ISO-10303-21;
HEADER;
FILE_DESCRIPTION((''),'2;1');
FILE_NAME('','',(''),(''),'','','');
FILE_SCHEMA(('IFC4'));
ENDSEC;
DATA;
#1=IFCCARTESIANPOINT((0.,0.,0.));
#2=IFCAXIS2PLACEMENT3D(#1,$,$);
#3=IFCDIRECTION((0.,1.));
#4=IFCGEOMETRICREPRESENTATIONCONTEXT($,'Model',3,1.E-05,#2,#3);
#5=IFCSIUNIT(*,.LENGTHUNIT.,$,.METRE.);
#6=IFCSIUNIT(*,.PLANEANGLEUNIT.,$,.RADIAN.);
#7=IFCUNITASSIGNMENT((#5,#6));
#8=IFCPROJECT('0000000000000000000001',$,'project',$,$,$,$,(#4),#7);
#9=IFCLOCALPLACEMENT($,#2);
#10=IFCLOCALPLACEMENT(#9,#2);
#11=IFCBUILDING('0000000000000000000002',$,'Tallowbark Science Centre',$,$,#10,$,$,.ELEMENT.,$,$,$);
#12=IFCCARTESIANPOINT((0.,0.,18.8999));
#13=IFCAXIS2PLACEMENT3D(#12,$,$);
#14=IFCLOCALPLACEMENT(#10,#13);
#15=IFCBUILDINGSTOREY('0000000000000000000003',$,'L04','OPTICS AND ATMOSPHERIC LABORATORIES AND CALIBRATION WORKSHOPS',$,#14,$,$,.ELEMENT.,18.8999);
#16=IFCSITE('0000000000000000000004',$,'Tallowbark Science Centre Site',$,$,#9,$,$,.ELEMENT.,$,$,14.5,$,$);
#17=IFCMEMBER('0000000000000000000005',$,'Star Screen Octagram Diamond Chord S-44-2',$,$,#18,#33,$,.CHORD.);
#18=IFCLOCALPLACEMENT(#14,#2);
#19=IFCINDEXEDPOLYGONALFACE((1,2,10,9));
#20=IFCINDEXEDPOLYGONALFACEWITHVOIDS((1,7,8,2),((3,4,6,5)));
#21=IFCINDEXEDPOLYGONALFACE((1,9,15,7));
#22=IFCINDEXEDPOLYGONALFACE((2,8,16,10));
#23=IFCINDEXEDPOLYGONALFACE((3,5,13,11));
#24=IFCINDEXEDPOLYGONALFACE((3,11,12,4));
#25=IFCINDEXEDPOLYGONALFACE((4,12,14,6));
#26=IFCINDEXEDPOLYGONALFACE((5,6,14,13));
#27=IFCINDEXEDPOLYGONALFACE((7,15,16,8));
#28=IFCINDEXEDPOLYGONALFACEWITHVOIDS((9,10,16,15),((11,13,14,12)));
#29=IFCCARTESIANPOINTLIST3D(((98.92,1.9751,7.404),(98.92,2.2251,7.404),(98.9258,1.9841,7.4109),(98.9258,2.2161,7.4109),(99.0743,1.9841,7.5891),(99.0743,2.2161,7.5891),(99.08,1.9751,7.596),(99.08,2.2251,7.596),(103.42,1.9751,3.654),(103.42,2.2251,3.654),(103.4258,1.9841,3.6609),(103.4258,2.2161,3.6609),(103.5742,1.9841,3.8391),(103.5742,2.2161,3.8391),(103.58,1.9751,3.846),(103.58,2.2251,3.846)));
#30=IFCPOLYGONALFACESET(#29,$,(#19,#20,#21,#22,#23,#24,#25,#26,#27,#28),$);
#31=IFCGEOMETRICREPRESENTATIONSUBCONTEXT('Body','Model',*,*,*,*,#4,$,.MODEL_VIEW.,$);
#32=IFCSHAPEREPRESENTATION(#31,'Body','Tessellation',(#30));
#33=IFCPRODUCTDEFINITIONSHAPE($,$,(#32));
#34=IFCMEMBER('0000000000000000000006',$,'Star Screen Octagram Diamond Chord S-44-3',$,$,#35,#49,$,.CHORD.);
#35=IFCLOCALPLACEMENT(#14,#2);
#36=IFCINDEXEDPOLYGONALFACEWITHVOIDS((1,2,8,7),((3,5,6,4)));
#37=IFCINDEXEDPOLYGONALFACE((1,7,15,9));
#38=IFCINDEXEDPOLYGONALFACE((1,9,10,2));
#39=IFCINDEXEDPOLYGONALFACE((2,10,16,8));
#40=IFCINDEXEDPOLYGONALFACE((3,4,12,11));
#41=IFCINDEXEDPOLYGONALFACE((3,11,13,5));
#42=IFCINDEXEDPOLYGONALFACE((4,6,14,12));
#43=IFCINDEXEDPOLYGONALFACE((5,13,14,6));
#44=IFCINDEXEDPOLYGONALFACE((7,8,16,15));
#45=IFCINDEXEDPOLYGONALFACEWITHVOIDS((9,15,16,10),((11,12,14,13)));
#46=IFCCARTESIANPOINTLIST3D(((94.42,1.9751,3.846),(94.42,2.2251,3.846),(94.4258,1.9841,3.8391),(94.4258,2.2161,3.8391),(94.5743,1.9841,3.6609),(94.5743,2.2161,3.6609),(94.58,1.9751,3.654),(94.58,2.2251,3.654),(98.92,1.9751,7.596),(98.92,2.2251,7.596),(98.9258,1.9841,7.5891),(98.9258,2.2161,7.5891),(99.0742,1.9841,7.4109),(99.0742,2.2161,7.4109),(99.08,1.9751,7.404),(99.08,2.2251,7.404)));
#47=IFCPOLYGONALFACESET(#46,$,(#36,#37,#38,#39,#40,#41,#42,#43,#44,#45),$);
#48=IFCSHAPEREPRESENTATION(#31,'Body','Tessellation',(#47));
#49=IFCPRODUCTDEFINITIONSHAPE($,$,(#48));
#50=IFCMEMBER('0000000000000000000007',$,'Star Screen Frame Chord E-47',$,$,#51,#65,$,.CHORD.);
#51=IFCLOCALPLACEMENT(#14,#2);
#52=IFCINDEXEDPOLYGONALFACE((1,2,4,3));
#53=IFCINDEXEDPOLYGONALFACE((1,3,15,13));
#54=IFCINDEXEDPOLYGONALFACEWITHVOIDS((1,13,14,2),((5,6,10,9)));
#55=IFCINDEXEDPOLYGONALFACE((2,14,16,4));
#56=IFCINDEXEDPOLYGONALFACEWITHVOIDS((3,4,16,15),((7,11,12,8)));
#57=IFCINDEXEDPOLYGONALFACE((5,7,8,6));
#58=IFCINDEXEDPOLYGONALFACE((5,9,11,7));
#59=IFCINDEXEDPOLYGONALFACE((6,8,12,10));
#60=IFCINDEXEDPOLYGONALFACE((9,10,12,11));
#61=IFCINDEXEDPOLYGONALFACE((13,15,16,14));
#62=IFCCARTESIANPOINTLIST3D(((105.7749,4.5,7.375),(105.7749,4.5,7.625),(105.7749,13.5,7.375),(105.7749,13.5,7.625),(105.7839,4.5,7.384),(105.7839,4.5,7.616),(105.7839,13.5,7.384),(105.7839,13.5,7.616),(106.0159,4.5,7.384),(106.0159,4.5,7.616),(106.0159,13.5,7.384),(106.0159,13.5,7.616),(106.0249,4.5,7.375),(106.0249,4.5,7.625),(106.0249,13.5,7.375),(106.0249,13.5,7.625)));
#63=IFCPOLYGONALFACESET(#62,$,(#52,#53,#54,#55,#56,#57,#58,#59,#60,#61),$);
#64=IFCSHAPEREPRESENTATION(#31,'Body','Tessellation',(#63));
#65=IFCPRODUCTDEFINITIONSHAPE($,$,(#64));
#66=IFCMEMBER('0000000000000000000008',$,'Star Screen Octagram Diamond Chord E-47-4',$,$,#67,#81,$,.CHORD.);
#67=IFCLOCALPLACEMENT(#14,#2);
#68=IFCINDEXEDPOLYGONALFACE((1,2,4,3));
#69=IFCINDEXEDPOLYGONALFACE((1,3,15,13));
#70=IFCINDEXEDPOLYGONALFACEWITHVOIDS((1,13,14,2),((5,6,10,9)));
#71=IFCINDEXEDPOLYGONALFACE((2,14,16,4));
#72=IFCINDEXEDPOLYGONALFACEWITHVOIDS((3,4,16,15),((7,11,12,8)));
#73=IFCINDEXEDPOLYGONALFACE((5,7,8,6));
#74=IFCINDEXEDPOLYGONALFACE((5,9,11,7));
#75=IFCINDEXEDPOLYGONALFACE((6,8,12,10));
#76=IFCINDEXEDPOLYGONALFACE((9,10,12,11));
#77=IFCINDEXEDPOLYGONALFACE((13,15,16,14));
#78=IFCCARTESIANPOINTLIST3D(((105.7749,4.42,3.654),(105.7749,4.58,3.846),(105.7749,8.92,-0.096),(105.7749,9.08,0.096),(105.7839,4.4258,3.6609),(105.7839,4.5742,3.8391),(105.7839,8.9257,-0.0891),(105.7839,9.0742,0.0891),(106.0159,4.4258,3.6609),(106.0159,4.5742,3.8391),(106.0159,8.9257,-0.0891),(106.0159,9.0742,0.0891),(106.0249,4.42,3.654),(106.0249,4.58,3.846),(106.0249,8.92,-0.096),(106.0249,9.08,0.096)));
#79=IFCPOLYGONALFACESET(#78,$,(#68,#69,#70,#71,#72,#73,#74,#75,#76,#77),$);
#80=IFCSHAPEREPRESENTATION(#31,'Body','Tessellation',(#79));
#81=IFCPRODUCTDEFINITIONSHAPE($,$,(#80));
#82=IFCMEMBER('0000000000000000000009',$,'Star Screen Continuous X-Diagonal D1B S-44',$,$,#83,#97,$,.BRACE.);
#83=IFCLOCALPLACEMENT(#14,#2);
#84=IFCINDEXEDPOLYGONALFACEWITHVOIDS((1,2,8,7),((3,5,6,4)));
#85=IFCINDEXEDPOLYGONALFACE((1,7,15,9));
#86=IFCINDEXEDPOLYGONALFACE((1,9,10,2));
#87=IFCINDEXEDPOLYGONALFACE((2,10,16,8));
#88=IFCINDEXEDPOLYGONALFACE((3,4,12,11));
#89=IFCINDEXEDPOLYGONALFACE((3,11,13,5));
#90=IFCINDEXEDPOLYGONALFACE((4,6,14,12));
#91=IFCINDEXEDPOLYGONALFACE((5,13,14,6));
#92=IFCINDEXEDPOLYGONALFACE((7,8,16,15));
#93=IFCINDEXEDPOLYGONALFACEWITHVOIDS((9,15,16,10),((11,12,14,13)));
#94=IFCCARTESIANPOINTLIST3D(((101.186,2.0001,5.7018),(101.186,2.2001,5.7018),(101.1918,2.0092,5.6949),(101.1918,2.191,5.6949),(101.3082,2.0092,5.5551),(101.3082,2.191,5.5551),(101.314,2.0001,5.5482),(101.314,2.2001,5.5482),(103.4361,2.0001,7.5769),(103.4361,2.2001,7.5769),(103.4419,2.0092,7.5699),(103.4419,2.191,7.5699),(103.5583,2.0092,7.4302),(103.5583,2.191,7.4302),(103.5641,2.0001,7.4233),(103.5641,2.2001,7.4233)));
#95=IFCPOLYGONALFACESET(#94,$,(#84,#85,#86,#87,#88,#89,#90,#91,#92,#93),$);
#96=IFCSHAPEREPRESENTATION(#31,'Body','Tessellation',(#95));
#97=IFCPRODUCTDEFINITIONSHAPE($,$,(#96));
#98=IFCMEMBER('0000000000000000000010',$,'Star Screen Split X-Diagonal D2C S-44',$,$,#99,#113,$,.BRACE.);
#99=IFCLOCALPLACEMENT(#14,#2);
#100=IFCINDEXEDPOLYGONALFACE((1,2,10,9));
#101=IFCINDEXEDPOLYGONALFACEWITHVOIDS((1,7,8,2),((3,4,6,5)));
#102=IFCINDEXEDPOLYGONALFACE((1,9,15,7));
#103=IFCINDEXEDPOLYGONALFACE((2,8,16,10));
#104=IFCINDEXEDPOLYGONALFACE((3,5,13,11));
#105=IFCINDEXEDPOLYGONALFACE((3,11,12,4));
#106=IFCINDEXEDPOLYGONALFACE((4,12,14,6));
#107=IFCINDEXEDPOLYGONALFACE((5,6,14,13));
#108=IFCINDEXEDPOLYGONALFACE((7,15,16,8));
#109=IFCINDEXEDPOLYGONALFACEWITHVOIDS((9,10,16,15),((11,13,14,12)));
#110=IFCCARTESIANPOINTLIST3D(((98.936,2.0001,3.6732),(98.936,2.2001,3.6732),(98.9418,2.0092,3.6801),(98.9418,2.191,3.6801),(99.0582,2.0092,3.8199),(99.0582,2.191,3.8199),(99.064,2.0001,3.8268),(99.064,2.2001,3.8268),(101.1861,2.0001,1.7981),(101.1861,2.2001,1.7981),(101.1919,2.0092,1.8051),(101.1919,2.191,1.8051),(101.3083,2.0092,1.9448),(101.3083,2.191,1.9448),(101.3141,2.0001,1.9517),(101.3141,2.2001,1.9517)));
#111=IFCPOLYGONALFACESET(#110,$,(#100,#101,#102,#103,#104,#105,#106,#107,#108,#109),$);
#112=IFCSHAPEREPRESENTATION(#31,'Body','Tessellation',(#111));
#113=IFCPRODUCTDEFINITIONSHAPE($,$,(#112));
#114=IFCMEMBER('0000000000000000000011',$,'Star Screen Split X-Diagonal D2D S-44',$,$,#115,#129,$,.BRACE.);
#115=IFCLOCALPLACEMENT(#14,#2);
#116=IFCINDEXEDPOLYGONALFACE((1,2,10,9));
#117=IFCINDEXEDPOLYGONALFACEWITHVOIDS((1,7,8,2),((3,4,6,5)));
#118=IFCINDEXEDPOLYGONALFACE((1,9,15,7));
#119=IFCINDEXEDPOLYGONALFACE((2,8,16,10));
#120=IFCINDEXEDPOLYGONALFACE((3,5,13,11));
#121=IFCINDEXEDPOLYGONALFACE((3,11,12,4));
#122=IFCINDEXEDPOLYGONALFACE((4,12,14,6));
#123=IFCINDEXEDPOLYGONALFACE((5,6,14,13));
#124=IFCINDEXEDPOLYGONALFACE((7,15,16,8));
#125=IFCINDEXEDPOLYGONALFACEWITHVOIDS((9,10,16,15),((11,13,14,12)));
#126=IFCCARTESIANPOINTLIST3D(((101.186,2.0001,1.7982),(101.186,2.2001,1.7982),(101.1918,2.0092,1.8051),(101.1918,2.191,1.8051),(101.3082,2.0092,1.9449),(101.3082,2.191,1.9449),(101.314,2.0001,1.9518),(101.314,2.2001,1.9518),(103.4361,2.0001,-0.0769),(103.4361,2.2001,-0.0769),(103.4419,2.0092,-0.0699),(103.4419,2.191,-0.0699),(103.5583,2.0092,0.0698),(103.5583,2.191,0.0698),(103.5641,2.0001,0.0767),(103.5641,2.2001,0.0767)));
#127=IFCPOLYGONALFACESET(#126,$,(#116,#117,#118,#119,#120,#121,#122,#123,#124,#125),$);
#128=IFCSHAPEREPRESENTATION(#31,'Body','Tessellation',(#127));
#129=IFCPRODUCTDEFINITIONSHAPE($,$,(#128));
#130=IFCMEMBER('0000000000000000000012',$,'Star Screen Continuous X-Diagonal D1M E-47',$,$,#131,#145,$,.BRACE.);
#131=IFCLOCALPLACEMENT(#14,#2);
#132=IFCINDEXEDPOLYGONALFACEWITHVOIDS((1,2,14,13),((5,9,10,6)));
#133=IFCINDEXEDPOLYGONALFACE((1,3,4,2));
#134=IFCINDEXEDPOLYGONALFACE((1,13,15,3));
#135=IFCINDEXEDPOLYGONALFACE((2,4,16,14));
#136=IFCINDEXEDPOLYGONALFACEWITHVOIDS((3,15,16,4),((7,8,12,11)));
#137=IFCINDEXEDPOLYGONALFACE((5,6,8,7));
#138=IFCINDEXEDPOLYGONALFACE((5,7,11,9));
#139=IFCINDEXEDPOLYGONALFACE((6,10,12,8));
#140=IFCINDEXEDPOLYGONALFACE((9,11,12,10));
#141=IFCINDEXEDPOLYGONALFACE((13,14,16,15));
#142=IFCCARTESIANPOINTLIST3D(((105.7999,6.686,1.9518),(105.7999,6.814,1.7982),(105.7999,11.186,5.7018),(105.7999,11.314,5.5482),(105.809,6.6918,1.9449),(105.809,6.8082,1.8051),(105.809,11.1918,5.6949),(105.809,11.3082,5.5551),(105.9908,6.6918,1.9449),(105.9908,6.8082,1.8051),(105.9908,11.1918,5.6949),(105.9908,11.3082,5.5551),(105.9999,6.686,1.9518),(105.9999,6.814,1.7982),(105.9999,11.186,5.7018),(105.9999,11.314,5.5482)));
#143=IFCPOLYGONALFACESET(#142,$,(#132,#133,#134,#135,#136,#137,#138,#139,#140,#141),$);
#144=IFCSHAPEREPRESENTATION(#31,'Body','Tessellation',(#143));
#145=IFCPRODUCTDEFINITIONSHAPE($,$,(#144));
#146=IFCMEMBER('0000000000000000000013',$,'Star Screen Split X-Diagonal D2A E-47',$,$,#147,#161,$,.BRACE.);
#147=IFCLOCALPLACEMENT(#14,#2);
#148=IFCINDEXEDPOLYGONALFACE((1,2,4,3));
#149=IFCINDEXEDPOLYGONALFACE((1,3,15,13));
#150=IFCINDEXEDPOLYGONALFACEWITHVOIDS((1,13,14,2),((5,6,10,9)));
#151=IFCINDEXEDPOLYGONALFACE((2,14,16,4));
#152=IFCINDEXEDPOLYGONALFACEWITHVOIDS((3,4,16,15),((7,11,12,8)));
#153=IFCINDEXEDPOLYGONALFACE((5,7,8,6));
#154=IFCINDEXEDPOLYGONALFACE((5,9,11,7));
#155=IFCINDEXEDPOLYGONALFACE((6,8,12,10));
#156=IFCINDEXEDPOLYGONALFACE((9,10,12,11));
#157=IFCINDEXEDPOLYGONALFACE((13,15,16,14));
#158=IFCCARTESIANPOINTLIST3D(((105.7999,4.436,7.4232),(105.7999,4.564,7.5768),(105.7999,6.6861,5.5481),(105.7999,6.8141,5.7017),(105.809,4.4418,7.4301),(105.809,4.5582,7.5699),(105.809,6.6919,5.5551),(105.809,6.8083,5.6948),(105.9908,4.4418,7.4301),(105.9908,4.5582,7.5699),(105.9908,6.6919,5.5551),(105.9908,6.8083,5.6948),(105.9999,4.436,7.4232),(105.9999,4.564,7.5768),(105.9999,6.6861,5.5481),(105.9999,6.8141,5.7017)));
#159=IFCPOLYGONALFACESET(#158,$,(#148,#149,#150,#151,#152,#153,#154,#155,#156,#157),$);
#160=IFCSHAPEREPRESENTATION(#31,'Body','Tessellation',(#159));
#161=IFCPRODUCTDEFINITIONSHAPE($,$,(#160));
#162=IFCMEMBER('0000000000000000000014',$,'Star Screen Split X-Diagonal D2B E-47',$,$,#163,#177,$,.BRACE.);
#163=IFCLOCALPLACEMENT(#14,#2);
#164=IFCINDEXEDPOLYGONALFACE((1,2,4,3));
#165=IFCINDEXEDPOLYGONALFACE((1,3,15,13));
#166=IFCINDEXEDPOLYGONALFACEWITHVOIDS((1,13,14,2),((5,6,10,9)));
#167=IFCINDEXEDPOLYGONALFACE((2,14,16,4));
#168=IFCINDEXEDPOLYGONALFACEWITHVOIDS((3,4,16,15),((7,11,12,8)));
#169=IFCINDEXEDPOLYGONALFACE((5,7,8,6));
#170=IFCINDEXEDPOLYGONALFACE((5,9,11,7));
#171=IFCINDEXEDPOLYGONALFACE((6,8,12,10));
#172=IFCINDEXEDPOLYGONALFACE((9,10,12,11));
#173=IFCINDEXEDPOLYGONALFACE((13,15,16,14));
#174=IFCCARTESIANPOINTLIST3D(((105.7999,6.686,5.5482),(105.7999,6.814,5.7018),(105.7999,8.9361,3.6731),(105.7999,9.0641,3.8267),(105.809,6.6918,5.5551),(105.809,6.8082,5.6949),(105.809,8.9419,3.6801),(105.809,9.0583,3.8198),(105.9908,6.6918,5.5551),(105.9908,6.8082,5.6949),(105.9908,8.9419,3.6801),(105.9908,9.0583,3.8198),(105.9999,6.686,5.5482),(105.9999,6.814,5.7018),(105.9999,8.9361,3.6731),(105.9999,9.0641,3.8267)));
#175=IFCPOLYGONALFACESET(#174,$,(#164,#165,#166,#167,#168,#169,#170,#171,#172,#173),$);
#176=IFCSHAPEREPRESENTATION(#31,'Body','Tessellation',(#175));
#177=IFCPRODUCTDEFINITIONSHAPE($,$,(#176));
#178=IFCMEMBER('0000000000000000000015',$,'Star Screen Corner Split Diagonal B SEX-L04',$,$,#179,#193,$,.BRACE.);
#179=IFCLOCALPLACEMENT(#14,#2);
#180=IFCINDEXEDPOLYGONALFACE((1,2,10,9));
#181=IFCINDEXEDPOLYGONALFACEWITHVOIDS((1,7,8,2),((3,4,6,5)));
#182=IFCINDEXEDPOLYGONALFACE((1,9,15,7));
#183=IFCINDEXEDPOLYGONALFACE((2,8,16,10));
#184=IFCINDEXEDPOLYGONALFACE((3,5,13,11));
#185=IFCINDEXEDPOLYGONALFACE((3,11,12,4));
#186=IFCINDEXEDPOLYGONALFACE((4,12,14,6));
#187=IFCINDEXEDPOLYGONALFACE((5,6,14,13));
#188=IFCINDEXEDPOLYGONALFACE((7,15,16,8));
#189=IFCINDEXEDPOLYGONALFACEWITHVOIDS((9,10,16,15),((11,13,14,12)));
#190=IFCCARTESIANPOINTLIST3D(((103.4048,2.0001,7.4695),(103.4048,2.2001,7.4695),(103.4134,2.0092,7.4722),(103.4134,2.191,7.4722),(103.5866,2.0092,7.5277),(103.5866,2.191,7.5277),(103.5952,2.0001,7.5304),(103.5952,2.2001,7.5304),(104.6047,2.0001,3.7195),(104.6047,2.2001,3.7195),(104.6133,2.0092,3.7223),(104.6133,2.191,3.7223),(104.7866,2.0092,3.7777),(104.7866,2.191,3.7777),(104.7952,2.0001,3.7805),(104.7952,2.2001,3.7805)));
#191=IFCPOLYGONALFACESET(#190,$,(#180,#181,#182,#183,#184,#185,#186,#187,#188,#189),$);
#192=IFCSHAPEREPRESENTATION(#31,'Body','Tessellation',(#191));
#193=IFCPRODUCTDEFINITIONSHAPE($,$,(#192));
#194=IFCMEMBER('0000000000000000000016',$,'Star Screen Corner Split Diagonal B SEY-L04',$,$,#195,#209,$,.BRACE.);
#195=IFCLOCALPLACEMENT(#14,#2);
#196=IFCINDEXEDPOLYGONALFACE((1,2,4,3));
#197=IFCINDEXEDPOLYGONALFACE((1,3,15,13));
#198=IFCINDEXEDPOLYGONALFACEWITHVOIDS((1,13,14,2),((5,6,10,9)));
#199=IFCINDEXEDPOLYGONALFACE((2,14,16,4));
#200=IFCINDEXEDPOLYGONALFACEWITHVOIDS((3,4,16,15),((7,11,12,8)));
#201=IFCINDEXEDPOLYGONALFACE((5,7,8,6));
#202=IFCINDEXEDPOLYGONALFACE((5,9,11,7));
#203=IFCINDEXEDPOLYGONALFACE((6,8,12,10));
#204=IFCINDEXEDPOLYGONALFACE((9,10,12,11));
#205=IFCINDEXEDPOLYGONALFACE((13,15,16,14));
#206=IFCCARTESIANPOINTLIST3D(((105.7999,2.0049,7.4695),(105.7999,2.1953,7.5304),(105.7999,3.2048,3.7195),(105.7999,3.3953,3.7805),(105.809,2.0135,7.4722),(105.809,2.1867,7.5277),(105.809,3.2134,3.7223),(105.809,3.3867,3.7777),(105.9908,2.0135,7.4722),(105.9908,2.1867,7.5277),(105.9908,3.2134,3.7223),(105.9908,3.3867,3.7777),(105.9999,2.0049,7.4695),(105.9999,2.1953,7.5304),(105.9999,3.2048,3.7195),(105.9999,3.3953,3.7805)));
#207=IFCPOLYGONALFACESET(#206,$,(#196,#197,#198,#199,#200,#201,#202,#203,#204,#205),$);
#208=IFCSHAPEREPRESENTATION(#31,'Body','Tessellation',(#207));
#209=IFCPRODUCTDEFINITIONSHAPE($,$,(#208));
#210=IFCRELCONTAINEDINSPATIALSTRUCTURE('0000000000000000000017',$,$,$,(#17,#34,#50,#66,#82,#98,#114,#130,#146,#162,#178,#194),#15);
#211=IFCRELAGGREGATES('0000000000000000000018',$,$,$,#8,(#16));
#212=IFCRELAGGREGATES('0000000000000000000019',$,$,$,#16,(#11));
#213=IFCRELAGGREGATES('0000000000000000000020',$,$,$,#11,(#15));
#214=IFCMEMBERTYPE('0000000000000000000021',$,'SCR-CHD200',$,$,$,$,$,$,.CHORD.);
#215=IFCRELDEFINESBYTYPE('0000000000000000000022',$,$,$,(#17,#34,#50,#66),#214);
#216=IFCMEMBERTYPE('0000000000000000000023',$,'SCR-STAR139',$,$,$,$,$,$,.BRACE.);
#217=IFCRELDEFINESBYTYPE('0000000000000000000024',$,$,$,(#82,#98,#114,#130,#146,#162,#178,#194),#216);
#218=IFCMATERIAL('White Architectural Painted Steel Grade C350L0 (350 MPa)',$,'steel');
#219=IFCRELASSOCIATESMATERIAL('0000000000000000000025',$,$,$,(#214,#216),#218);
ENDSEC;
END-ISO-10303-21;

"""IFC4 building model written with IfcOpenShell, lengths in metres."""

from ifc_helpers import new_model, si_unit, direction, frame, origin, origin_2d, place, context, subcontext, project, spatial, hollow_rectangle, extrude, material, material_profile, profile_set, type_object, element, save


model = new_model("IFC4")

# Units and contexts
model_context = context("Model", 3, precision=1e-05, world=origin(), true_north=direction((0.0, 1.0)))
body_context = subcontext(model_context, "Body", "Model", "MODEL_VIEW")
ifc_project = project(units=[si_unit("LENGTHUNIT", "METRE"), si_unit("PLANEANGLEUNIT", "RADIAN")], contexts=[model_context])

# Site, building, storey
site_placement = place(None, origin())
site = spatial("IfcSite", under=ifc_project, at=site_placement, Name="Tallowbark Science Centre Site", CompositionType="ELEMENT", RefElevation=14.5)
building_placement = place(site_placement, origin())
building = spatial("IfcBuilding", under=site, at=building_placement, Name="Tallowbark Science Centre", CompositionType="ELEMENT")
storey_placement = place(building_placement, frame((0.0, 0.0, 18.8999)))
storey = spatial("IfcBuildingStorey", under=building, at=storey_placement, Name="L04", Description="OPTICS AND ATMOSPHERIC LABORATORIES AND CALIBRATION WORKSHOPS", CompositionType="ELEMENT", Elevation=18.8999)

# Members
ifc_material_1 = material(Name="White Architectural Painted Steel Grade C350L0 (350 MPa)", Category="steel")
ifc_material_profile_1 = material_profile(ifc_material_1, hollow_rectangle(XDim=0.25, YDim=0.25, WallThickness=0.009, at=origin_2d()), Name="250x250x9.0SHS")
ifc_profile_set_1 = profile_set([ifc_material_profile_1], Name="White Architectural Painted Steel Grade C350L0 (350 MPa)")
member_type_1 = type_object("IfcMemberType", Name="SCR-CHD200", PredefinedType="CHORD", material=ifc_profile_set_1)
for number, where, z_axis, x_axis, name in (
    (1, (103.5, 2.1001, 3.75), (-0.768221, 0.0, 0.640184), (0.0, -1.0, 0.0), "Star Screen Octagram Diamond Chord S-44-2"),
    (2, (99.0, 2.1001, 7.5), (-0.768221, 0.0, -0.640184), (0.0, -1.0, 0.0), "Star Screen Octagram Diamond Chord S-44-3"),
):
    element("IfcMember", number, at=place(storey_placement, frame(where, z_axis=z_axis, x_axis=x_axis)), inside=storey, type_object=member_type_1, Name=name, PredefinedType="CHORD", context=body_context, shape_type="SweptSolid", body=[
        extrude(hollow_rectangle(XDim=0.25, YDim=0.25, WallThickness=0.009, at=origin_2d()), origin(), (0.0, 0.0, 1.0), 5.8577),
    ])
member_1_placement = place(storey_placement, frame((105.8999, 4.5, 7.5), z_axis=(0.0, 1.0, 0.0), x_axis=(-1.0, 0.0, 0.0)))
element("IfcMember", 3, at=member_1_placement, inside=storey, type_object=member_type_1, Name="Star Screen Frame Chord E-47", PredefinedType="CHORD", context=body_context, shape_type="SweptSolid", body=[
    extrude(hollow_rectangle(XDim=0.25, YDim=0.25, WallThickness=0.009, at=origin_2d()), origin(), (0.0, 0.0, 1.0), 9.0),
])
member_2_placement = place(storey_placement, frame((105.8999, 4.5, 3.75), z_axis=(0.0, 0.768221, -0.640184), x_axis=(-1.0, 0.0, 0.0)))
element("IfcMember", 4, at=member_2_placement, inside=storey, type_object=member_type_1, Name="Star Screen Octagram Diamond Chord E-47-4", PredefinedType="CHORD", context=body_context, shape_type="SweptSolid", body=[
    extrude(hollow_rectangle(XDim=0.25, YDim=0.25, WallThickness=0.009, at=origin_2d()), origin(), (0.0, 0.0, 1.0), 5.8577),
])
ifc_material_profile_2 = material_profile(ifc_material_1, hollow_rectangle(XDim=0.2, YDim=0.2, WallThickness=0.009, at=origin_2d()), Name="200x200x9.0SHS")
ifc_profile_set_2 = profile_set([ifc_material_profile_2], Name="White Architectural Painted Steel Grade C350L0 (350 MPa)")
member_type_2 = type_object("IfcMemberType", Name="SCR-STAR139", PredefinedType="BRACE", material=ifc_profile_set_2)
for number, where, z_axis, x_axis, name in (
    (5, (101.25, 2.1001, 5.625), (0.768221, 0.0, 0.640184), (0.0, 1.0, 0.0), "Star Screen Continuous X-Diagonal D1B S-44"),
    (6, (99.0, 2.1001, 3.75), (0.768221, 0.0, -0.640184), (0.0, 1.0, 0.0), "Star Screen Split X-Diagonal D2C S-44"),
    (7, (101.25, 2.1001, 1.875), (0.768221, 0.0, -0.640184), (0.0, 1.0, 0.0), "Star Screen Split X-Diagonal D2D S-44"),
):
    element("IfcMember", number, at=place(storey_placement, frame(where, z_axis=z_axis, x_axis=x_axis)), inside=storey, type_object=member_type_2, Name=name, PredefinedType="BRACE", context=body_context, shape_type="SweptSolid", body=[
        extrude(hollow_rectangle(XDim=0.2, YDim=0.2, WallThickness=0.009, at=origin_2d()), origin(), (0.0, 0.0, 1.0), 2.929),
    ])
member_3_placement = place(storey_placement, frame((105.8999, 6.75, 1.875), z_axis=(0.0, 0.768221, 0.640184), x_axis=(-1.0, 0.0, 0.0)))
element("IfcMember", 8, at=member_3_placement, inside=storey, type_object=member_type_2, Name="Star Screen Continuous X-Diagonal D1M E-47", PredefinedType="BRACE", context=body_context, shape_type="SweptSolid", body=[
    extrude(hollow_rectangle(XDim=0.2, YDim=0.2, WallThickness=0.009, at=origin_2d()), origin(), (0.0, 0.0, 1.0), 5.8577),
])
for number, where, z_axis, x_axis, name in (
    (9, (105.8999, 4.5, 7.5), (0.0, 0.768221, -0.640184), (-1.0, 0.0, 0.0), "Star Screen Split X-Diagonal D2A E-47"),
    (10, (105.8999, 6.75, 5.625), (0.0, 0.768221, -0.640184), (-1.0, 0.0, 0.0), "Star Screen Split X-Diagonal D2B E-47"),
):
    element("IfcMember", number, at=place(storey_placement, frame(where, z_axis=z_axis, x_axis=x_axis)), inside=storey, type_object=member_type_2, Name=name, PredefinedType="BRACE", context=body_context, shape_type="SweptSolid", body=[
        extrude(hollow_rectangle(XDim=0.2, YDim=0.2, WallThickness=0.009, at=origin_2d()), origin(), (0.0, 0.0, 1.0), 2.929),
    ])
for number, where, z_axis, x_axis, name in (
    (11, (104.7, 2.1001, 3.75), (-0.304764, 0.0, 0.952428), (0.0, -1.0, 0.0), "Star Screen Corner Split Diagonal B SEX-L04"),
    (12, (105.8999, 3.3, 3.75), (0.0, -0.304764, 0.952428), (1.0, 0.0, 0.0), "Star Screen Corner Split Diagonal B SEY-L04"),
):
    element("IfcMember", number, at=place(storey_placement, frame(where, z_axis=z_axis, x_axis=x_axis)), inside=storey, type_object=member_type_2, Name=name, PredefinedType="BRACE", context=body_context, shape_type="SweptSolid", body=[
        extrude(hollow_rectangle(XDim=0.2, YDim=0.2, WallThickness=0.009, at=origin_2d()), origin(), (0.0, 0.0, 1.0), 3.9373),
    ])

save(model, "model.ifc")
